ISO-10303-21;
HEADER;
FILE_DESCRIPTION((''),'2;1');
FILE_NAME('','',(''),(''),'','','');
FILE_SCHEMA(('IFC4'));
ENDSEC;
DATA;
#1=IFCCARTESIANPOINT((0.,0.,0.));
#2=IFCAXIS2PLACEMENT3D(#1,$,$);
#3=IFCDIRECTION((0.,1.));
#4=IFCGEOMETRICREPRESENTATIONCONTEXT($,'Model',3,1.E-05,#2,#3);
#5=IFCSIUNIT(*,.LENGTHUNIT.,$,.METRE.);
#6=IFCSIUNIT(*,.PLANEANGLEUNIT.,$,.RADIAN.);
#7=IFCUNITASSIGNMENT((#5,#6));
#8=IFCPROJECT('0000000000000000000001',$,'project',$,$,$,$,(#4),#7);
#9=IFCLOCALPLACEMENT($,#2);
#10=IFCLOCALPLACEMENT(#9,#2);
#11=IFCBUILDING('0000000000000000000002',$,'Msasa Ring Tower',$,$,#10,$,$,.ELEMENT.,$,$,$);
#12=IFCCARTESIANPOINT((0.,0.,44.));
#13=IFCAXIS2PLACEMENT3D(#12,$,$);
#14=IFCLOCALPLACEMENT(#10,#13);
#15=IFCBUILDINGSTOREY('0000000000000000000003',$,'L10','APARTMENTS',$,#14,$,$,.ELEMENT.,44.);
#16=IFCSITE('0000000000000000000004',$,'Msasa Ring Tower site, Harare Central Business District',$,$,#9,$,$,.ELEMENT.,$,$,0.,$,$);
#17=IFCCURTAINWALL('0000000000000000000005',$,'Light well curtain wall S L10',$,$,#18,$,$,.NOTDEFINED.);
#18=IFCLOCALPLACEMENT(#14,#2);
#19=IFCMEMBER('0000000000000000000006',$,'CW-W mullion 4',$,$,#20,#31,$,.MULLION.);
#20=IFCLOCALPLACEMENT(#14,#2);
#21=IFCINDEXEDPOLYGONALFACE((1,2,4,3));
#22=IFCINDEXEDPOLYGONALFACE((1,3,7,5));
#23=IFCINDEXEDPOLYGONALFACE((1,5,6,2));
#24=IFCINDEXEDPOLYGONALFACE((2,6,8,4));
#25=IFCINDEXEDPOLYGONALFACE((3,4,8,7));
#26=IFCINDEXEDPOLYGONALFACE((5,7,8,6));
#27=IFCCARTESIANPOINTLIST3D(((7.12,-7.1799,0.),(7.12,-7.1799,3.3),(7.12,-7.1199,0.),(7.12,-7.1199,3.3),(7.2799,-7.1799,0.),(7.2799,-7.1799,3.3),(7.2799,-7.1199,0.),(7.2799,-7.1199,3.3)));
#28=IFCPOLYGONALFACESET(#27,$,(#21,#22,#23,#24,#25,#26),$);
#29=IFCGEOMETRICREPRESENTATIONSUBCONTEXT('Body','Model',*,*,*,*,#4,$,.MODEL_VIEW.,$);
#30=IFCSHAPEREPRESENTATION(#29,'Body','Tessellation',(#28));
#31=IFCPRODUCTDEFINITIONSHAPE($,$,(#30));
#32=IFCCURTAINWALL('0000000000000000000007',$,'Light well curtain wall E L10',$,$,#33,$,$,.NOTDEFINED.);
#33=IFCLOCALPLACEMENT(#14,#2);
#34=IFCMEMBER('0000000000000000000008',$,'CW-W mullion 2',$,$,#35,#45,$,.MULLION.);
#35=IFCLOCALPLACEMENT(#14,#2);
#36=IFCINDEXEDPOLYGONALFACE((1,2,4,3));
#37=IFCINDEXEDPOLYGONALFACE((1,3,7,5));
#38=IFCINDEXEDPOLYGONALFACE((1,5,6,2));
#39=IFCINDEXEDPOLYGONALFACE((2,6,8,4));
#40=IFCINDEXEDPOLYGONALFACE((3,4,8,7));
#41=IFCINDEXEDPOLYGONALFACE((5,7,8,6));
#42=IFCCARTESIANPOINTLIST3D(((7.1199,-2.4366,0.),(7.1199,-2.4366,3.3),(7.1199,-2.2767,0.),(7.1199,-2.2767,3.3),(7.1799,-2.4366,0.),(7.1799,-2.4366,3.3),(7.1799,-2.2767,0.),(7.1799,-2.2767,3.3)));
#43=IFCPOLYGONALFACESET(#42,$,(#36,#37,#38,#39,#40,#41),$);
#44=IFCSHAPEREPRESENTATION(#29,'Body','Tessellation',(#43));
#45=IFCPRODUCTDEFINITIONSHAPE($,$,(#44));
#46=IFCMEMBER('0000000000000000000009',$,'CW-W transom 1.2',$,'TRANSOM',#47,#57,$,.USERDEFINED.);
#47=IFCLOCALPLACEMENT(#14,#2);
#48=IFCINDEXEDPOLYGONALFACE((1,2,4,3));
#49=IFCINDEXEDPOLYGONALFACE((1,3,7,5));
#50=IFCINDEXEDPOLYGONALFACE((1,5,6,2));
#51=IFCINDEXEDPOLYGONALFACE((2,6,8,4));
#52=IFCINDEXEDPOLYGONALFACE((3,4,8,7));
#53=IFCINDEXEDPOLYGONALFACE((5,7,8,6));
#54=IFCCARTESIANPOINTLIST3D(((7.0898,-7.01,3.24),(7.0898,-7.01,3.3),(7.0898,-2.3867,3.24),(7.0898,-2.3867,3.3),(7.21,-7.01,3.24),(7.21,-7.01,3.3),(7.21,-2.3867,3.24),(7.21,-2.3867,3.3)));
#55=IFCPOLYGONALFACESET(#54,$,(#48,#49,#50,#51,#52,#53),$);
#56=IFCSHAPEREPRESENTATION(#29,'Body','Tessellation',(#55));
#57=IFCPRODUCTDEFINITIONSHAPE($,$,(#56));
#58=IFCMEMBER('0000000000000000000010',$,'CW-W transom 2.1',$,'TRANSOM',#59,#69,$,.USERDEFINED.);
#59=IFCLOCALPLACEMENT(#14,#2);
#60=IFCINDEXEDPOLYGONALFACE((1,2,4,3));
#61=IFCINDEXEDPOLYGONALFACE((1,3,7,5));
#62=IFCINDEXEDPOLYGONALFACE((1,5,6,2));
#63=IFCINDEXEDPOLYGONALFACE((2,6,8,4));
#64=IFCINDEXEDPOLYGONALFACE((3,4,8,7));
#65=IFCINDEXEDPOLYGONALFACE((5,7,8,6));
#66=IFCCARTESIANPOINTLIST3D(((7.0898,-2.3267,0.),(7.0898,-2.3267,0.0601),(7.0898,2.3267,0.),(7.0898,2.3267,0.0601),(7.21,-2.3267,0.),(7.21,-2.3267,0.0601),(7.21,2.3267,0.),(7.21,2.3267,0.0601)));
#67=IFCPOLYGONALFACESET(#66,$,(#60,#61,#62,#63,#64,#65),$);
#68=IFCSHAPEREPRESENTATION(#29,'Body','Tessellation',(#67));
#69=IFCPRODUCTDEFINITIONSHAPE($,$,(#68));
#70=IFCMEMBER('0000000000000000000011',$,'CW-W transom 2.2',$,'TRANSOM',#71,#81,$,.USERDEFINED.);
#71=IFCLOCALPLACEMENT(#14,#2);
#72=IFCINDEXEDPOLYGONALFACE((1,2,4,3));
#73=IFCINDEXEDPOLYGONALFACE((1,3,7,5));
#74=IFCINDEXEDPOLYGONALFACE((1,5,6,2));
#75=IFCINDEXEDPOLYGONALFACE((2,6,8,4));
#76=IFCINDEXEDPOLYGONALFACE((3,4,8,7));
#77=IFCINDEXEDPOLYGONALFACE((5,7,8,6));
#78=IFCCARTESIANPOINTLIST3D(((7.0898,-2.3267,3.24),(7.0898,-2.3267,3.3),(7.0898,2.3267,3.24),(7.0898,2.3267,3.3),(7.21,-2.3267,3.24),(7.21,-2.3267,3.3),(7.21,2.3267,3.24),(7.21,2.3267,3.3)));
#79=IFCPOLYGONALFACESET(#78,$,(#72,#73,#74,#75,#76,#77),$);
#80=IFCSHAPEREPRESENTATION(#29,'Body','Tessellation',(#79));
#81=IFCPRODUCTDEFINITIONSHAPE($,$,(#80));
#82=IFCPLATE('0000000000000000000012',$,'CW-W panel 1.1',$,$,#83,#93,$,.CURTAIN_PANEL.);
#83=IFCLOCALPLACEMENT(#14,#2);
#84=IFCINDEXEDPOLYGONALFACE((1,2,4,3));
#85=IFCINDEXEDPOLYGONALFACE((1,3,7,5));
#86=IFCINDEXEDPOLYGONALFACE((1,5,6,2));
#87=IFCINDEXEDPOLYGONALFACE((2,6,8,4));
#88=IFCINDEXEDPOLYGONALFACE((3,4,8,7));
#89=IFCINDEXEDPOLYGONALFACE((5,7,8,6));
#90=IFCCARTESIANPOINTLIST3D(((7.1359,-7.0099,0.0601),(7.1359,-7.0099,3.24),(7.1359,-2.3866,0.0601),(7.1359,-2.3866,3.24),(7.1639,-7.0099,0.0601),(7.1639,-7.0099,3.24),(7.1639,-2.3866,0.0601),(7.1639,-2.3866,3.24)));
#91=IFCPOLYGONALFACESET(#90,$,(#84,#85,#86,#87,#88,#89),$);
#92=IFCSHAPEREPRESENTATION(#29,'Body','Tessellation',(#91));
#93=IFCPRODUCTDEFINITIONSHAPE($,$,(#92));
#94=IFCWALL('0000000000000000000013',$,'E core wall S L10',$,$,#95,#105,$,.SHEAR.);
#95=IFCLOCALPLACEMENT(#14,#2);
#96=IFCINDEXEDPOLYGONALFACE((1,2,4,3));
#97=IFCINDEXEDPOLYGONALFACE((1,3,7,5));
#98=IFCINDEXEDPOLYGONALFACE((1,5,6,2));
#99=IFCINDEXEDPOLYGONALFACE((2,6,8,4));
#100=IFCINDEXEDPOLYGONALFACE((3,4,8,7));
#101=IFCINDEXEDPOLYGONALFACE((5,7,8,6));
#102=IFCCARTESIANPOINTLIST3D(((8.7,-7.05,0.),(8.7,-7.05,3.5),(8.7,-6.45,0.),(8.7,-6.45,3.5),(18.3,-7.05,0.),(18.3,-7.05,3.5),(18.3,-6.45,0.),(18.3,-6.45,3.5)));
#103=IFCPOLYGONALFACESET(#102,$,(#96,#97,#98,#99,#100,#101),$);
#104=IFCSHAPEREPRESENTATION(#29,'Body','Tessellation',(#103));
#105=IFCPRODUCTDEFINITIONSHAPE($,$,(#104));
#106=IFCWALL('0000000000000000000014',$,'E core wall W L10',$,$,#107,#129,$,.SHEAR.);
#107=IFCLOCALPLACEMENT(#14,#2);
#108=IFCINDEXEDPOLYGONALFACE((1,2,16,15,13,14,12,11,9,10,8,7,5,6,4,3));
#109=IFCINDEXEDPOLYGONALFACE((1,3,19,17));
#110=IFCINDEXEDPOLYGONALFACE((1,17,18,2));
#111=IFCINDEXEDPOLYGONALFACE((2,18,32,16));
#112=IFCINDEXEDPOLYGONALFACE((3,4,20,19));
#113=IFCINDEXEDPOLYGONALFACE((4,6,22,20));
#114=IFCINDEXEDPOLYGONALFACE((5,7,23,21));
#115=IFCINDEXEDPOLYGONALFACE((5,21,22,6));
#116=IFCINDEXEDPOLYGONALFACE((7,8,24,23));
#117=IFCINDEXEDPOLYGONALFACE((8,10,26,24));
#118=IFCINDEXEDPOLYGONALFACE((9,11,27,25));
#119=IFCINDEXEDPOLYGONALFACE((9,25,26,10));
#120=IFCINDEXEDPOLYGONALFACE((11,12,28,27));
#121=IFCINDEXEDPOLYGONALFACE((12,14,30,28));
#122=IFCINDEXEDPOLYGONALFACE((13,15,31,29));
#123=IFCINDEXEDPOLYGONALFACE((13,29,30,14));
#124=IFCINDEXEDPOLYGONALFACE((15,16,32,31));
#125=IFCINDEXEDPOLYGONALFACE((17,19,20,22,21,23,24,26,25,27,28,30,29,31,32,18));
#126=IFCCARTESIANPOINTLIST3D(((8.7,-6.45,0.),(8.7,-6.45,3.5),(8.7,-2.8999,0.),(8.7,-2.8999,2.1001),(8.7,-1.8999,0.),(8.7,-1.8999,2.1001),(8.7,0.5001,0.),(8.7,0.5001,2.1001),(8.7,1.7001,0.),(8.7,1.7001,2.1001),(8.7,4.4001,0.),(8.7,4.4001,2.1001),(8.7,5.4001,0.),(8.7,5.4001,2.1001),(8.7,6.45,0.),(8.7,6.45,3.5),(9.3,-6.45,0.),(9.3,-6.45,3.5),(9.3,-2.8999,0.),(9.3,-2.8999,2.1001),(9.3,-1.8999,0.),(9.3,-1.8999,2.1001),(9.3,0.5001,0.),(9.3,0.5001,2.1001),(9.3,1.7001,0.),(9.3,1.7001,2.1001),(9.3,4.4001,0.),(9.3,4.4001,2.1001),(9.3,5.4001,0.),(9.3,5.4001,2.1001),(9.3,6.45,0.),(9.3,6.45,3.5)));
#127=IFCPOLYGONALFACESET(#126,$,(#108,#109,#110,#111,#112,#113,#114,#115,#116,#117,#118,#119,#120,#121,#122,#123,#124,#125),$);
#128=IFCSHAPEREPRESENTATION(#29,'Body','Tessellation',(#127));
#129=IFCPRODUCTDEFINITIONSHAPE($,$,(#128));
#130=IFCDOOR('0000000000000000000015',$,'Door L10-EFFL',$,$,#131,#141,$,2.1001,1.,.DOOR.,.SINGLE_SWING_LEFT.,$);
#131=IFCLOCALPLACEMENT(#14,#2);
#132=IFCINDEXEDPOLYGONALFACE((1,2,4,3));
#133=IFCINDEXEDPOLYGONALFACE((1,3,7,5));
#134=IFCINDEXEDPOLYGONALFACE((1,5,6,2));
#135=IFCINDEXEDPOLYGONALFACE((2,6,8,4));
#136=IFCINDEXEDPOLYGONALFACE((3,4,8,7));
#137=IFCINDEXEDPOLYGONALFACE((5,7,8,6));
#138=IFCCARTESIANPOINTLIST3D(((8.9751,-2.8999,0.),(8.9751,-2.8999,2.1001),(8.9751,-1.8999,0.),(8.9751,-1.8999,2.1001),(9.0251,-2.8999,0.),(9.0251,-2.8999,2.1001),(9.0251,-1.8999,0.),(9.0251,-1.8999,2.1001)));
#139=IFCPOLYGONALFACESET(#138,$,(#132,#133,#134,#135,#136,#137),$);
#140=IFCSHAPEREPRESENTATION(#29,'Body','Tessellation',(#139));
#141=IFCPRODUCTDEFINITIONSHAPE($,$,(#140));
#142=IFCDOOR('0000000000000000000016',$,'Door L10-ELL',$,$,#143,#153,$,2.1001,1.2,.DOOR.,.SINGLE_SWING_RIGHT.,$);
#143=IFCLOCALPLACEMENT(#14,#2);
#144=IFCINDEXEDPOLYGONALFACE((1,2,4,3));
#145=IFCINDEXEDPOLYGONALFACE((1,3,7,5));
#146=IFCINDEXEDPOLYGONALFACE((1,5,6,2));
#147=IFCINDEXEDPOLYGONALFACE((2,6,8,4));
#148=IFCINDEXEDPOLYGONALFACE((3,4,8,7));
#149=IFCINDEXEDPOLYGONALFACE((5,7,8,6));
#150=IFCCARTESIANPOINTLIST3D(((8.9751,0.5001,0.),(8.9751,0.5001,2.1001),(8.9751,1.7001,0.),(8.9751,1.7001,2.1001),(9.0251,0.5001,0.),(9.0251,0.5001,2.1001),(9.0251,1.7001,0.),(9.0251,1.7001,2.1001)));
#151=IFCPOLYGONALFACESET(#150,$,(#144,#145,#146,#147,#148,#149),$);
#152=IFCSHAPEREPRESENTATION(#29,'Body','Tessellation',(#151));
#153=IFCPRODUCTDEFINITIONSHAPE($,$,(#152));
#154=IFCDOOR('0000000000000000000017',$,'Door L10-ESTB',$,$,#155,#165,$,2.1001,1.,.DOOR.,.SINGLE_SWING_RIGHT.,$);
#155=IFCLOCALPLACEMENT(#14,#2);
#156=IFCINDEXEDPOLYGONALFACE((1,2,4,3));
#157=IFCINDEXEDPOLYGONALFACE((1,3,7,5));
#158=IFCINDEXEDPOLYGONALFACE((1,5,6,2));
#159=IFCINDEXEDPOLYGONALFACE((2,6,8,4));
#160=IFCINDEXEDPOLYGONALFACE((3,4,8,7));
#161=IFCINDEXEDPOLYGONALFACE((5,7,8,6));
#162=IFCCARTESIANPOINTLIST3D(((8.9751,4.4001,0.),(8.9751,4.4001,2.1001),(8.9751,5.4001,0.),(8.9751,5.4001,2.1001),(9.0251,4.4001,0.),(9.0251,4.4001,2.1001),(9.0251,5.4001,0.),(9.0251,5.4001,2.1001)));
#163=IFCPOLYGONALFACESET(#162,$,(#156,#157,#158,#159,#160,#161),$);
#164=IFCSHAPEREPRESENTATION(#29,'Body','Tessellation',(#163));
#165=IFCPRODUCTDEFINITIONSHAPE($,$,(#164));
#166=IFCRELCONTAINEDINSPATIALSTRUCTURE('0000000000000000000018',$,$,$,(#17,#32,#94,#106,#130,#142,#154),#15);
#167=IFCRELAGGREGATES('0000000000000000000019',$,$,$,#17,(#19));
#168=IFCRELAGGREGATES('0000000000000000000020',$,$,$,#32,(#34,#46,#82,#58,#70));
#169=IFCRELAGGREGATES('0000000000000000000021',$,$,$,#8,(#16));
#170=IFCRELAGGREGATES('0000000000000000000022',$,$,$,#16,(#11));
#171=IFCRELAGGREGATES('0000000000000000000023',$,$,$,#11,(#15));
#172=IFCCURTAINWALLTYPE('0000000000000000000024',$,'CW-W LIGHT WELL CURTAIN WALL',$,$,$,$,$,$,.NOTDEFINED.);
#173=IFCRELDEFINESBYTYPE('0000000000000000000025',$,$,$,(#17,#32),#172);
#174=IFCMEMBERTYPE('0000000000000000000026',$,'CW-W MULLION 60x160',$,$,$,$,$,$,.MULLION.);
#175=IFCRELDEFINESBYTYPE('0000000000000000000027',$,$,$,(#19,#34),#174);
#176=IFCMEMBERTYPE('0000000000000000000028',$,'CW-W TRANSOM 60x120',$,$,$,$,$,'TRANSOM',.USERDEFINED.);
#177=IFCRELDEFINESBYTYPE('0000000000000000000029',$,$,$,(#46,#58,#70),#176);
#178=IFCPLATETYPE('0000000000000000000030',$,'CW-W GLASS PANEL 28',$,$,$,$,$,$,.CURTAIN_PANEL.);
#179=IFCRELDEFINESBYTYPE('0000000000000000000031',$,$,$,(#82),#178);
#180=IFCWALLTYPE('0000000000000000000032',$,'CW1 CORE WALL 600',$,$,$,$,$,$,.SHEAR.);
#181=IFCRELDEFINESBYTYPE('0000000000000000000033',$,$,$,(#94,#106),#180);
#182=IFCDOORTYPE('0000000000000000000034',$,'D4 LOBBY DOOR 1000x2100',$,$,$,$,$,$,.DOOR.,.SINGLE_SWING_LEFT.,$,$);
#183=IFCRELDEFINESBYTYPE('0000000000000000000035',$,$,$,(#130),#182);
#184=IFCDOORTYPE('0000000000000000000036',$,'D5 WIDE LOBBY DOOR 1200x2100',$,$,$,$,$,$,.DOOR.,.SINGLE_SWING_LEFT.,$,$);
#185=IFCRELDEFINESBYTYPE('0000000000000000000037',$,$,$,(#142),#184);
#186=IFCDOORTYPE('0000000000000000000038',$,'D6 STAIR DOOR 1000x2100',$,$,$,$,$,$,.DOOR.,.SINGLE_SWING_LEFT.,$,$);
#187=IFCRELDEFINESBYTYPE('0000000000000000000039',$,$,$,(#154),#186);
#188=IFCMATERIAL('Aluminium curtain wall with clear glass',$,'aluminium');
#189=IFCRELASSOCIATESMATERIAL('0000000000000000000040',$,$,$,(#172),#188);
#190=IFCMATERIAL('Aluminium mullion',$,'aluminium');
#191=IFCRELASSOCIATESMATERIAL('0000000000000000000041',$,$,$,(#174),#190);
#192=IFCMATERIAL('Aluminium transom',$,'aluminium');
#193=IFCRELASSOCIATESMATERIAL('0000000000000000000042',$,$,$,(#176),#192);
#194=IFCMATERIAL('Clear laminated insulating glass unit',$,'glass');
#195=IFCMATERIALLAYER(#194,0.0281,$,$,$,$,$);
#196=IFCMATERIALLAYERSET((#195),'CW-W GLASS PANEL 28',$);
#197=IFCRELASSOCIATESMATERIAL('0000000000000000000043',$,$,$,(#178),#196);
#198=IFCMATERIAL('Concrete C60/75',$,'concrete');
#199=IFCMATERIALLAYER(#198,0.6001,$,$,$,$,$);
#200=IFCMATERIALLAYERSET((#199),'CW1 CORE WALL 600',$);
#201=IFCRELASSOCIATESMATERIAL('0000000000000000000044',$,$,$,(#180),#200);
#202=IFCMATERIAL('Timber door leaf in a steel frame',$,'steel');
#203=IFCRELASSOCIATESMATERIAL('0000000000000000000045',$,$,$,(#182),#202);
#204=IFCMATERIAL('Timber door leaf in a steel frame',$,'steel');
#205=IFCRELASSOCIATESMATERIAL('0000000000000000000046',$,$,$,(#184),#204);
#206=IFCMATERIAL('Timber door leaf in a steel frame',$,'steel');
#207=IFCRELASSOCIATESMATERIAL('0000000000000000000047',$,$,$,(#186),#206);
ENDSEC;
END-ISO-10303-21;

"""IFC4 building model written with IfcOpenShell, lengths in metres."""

from ifc_helpers import new_model, si_unit, direction, frame, frame_2d, origin, origin_2d, place, context, subcontext, project, spatial, rectangle, extrude, material, layer, layer_set, material_profile, profile_set, type_object, element, fill, aggregate, save


model = new_model("IFC4")

# Units and contexts
model_context = context("Model", 3, precision=1e-05, world=origin(), true_north=direction((0.0, 1.0)))
body_context = subcontext(model_context, "Body", "Model", "MODEL_VIEW")
ifc_project = project(units=[si_unit("LENGTHUNIT", "METRE"), si_unit("PLANEANGLEUNIT", "RADIAN")], contexts=[model_context])

# Site, building, storey
site_placement = place(None, origin())
site = spatial("IfcSite", under=ifc_project, at=site_placement, Name="Msasa Ring Tower site, Harare Central Business District", CompositionType="ELEMENT", RefElevation=0.0)
building_placement = place(site_placement, origin())
building = spatial("IfcBuilding", under=site, at=building_placement, Name="Msasa Ring Tower", CompositionType="ELEMENT")
storey_placement = place(building_placement, frame((0.0, 0.0, 44.0)))
storey = spatial("IfcBuildingStorey", under=building, at=storey_placement, Name="L10", Description="APARTMENTS", CompositionType="ELEMENT", Elevation=44.0)

# Curtain wall, member
ifc_material_1 = material(Name="Aluminium curtain wall with clear glass", Category="aluminium")
curtain_wall_type = type_object("IfcCurtainWallType", Name="CW-W LIGHT WELL CURTAIN WALL", PredefinedType="NOTDEFINED", material=ifc_material_1)
curtain_wall_1_placement = place(storey_placement, origin())
curtain_wall_1 = element("IfcCurtainWall", 1, at=curtain_wall_1_placement, inside=storey, type_object=curtain_wall_type, Name="Light well curtain wall S L10", PredefinedType="NOTDEFINED")
ifc_material_2 = material(Name="Aluminium mullion", Category="aluminium")
ifc_material_profile_1 = material_profile(ifc_material_2, rectangle(XDim=0.0601, YDim=0.1599, at=origin_2d()), Name="AL 60x160")
ifc_profile_set_1 = profile_set([ifc_material_profile_1], Name="Aluminium mullion")
member_type_1 = type_object("IfcMemberType", Name="CW-W MULLION 60x160", PredefinedType="MULLION", material=ifc_profile_set_1)
member_1_placement = place(storey_placement, frame((7.2, -7.1499, 0.0), z_axis=(0.0, 0.0, 1.0), x_axis=(0.0, 1.0, 0.0)))
member_1 = element("IfcMember", 2, at=member_1_placement, type_object=member_type_1, Name="CW-W mullion 4", PredefinedType="MULLION", context=body_context, shape_type="SweptSolid", body=[
    extrude(rectangle(XDim=0.0601, YDim=0.1599, at=origin_2d()), origin(), (0.0, 0.0, 1.0), 3.3),
])
aggregate(curtain_wall_1, [member_1])

# Curtain wall, members, plate
curtain_wall_2_placement = place(storey_placement, origin())
curtain_wall_2 = element("IfcCurtainWall", 3, at=curtain_wall_2_placement, inside=storey, type_object=curtain_wall_type, Name="Light well curtain wall E L10", PredefinedType="NOTDEFINED")
member_2_placement = place(storey_placement, frame((7.1499, -2.3567, 0.0), z_axis=(0.0, 0.0, 1.0), x_axis=(-1.0, 0.0, 0.0)))
member_2 = element("IfcMember", 4, at=member_2_placement, type_object=member_type_1, Name="CW-W mullion 2", PredefinedType="MULLION", context=body_context, shape_type="SweptSolid", body=[
    extrude(rectangle(XDim=0.0601, YDim=0.1599, at=origin_2d()), origin(), (0.0, 0.0, 1.0), 3.3),
])
ifc_material_3 = material(Name="Aluminium transom", Category="aluminium")
ifc_material_profile_2 = material_profile(ifc_material_3, rectangle(XDim=0.1201, YDim=0.0601, at=origin_2d()), Name="AL 60x120")
ifc_profile_set_2 = profile_set([ifc_material_profile_2], Name="Aluminium transom")
member_type_2 = type_object("IfcMemberType", Name="CW-W TRANSOM 60x120", ElementType="TRANSOM", PredefinedType="USERDEFINED", material=ifc_profile_set_2)
member_3_placement = place(storey_placement, frame((7.1499, -7.01, 3.27), z_axis=(0.0, 1.0, 0.0), x_axis=(-1.0, 0.0, 0.0)))
member_3 = element("IfcMember", 5, at=member_3_placement, type_object=member_type_2, Name="CW-W transom 1.2", ObjectType="TRANSOM", PredefinedType="USERDEFINED", context=body_context, shape_type="SweptSolid", body=[
    extrude(rectangle(XDim=0.1201, YDim=0.0601, at=origin_2d()), origin(), (0.0, 0.0, 1.0), 4.6233),
])
member_4_placement = place(storey_placement, frame((7.1499, -2.3267, 0.03), z_axis=(0.0, 1.0, 0.0), x_axis=(-1.0, 0.0, 0.0)))
member_4 = element("IfcMember", 6, at=member_4_placement, type_object=member_type_2, Name="CW-W transom 2.1", ObjectType="TRANSOM", PredefinedType="USERDEFINED", context=body_context, shape_type="SweptSolid", body=[
    extrude(rectangle(XDim=0.1201, YDim=0.0601, at=origin_2d()), origin(), (0.0, 0.0, 1.0), 4.6533),
])
member_5_placement = place(storey_placement, frame((7.1499, -2.3267, 3.27), z_axis=(0.0, 1.0, 0.0), x_axis=(-1.0, 0.0, 0.0)))
member_5 = element("IfcMember", 7, at=member_5_placement, type_object=member_type_2, Name="CW-W transom 2.2", ObjectType="TRANSOM", PredefinedType="USERDEFINED", context=body_context, shape_type="SweptSolid", body=[
    extrude(rectangle(XDim=0.1201, YDim=0.0601, at=origin_2d()), origin(), (0.0, 0.0, 1.0), 4.6533),
])
ifc_material_4 = material(Name="Clear laminated insulating glass unit", Category="glass")
ifc_layer_1 = layer(ifc_material_4, 0.0281)
ifc_layer_set_1 = layer_set([ifc_layer_1], Name="CW-W GLASS PANEL 28")
plate_type = type_object("IfcPlateType", Name="CW-W GLASS PANEL 28", PredefinedType="CURTAIN_PANEL", material=ifc_layer_set_1)
plate_placement = place(storey_placement, frame((7.1499, -4.6982, 0.0601), z_axis=(0.0, 0.0, 1.0), x_axis=(0.0, 1.0, 0.0)))
plate = element("IfcPlate", 8, at=plate_placement, type_object=plate_type, Name="CW-W panel 1.1", PredefinedType="CURTAIN_PANEL", context=body_context, shape_type="SweptSolid", body=[
    extrude(rectangle(XDim=4.6233, YDim=0.0281, at=origin_2d()), origin(), (0.0, 0.0, 1.0), 3.1799),
])
aggregate(curtain_wall_2, [member_2, member_3, plate, member_4, member_5])

# Wall
ifc_material_5 = material(Name="Concrete C60/75", Category="concrete")
ifc_layer_2 = layer(ifc_material_5, 0.6001)
ifc_layer_set_2 = layer_set([ifc_layer_2], Name="CW1 CORE WALL 600")
wall_type_1 = type_object("IfcWallType", Name="CW1 CORE WALL 600", PredefinedType="SHEAR", material=ifc_layer_set_2)
wall_1_placement = place(storey_placement, frame((8.7, -6.75, 0.0), z_axis=(0.0, 0.0, 1.0), x_axis=(1.0, 0.0, 0.0)))
element("IfcWall", 9, at=wall_1_placement, inside=storey, type_object=wall_type_1, Name="E core wall S L10", PredefinedType="SHEAR", context=body_context, shape_type="SweptSolid", body=[
    extrude(rectangle(XDim=9.6001, YDim=0.6001, at=frame_2d((4.8, 0.0))), origin(), (0.0, 0.0, 1.0), 3.5),
])

# Wall, openings, doors
wall_2_placement = place(storey_placement, frame((9.0, -6.45, 0.0), z_axis=(0.0, 0.0, 1.0), x_axis=(0.0, 1.0, 0.0)))
wall_2 = element("IfcWall", 10, at=wall_2_placement, inside=storey, type_object=wall_type_1, Name="E core wall W L10", PredefinedType="SHEAR", context=body_context, shape_type="SweptSolid", body=[
    extrude(rectangle(XDim=12.8999, YDim=0.6001, at=frame_2d((6.45, 0.0))), origin(), (0.0, 0.0, 1.0), 3.5),
])
opening_1_placement = place(wall_2_placement, frame((3.55, 0.0, 0.0)))
opening_1 = element("IfcOpeningElement", 11, at=opening_1_placement, cuts=wall_2, PredefinedType="OPENING", context=body_context, shape_type="SweptSolid", body=[
    extrude(rectangle(XDim=1.0, YDim=2.1001, at=frame_2d((0.5, 1.05))), frame((0.0, 0.3101, 0.0), z_axis=(0.0, -1.0, 0.0), x_axis=(1.0, 0.0, 0.0)), (0.0, 0.0, 1.0), 0.6201),
])
opening_2_placement = place(wall_2_placement, frame((6.95, 0.0, 0.0)))
opening_2 = element("IfcOpeningElement", 12, at=opening_2_placement, cuts=wall_2, PredefinedType="OPENING", context=body_context, shape_type="SweptSolid", body=[
    extrude(rectangle(XDim=1.2, YDim=2.1001, at=frame_2d((0.6001, 1.05))), frame((0.0, 0.3101, 0.0), z_axis=(0.0, -1.0, 0.0), x_axis=(1.0, 0.0, 0.0)), (0.0, 0.0, 1.0), 0.6201),
])
opening_3_placement = place(wall_2_placement, frame((10.8501, 0.0, 0.0)))
opening_3 = element("IfcOpeningElement", 13, at=opening_3_placement, cuts=wall_2, PredefinedType="OPENING", context=body_context, shape_type="SweptSolid", body=[
    extrude(rectangle(XDim=1.0, YDim=2.1001, at=frame_2d((0.5, 1.05))), frame((0.0, 0.3101, 0.0), z_axis=(0.0, -1.0, 0.0), x_axis=(1.0, 0.0, 0.0)), (0.0, 0.0, 1.0), 0.6201),
])
ifc_material_6 = material(Name="Timber door leaf in a steel frame", Category="steel")
door_type_1 = type_object("IfcDoorType", Name="D4 LOBBY DOOR 1000x2100", OperationType="SINGLE_SWING_LEFT", PredefinedType="DOOR", material=ifc_material_6)
door_1_placement = place(opening_1_placement, origin())
door_1 = element("IfcDoor", 14, at=door_1_placement, inside=storey, type_object=door_type_1, Name="Door L10-EFFL", OperationType="SINGLE_SWING_LEFT", OverallHeight=2.1001, OverallWidth=1.0, PredefinedType="DOOR", context=body_context, shape_type="SweptSolid", body=[
    extrude(rectangle(XDim=1.0, YDim=2.1001, at=frame_2d((0.5, 1.05))), frame((0.0, 0.0249, 0.0), z_axis=(0.0, -1.0, 0.0), x_axis=(1.0, 0.0, 0.0)), (0.0, 0.0, 1.0), 0.05),
])
fill(opening_1, door_1)
ifc_material_7 = material(Name="Timber door leaf in a steel frame", Category="steel")
door_type_2 = type_object("IfcDoorType", Name="D5 WIDE LOBBY DOOR 1200x2100", OperationType="SINGLE_SWING_LEFT", PredefinedType="DOOR", material=ifc_material_7)
door_2_placement = place(opening_2_placement, origin())
door_2 = element("IfcDoor", 15, at=door_2_placement, inside=storey, type_object=door_type_2, Name="Door L10-ELL", OperationType="SINGLE_SWING_RIGHT", OverallHeight=2.1001, OverallWidth=1.2, PredefinedType="DOOR", context=body_context, shape_type="SweptSolid", body=[
    extrude(rectangle(XDim=1.2, YDim=2.1001, at=frame_2d((0.6001, 1.05))), frame((0.0, 0.0249, 0.0), z_axis=(0.0, -1.0, 0.0), x_axis=(1.0, 0.0, 0.0)), (0.0, 0.0, 1.0), 0.05),
])
fill(opening_2, door_2)
ifc_material_8 = material(Name="Timber door leaf in a steel frame", Category="steel")
door_type_3 = type_object("IfcDoorType", Name="D6 STAIR DOOR 1000x2100", OperationType="SINGLE_SWING_LEFT", PredefinedType="DOOR", material=ifc_material_8)
door_3_placement = place(opening_3_placement, origin())
door_3 = element("IfcDoor", 16, at=door_3_placement, inside=storey, type_object=door_type_3, Name="Door L10-ESTB", OperationType="SINGLE_SWING_RIGHT", OverallHeight=2.1001, OverallWidth=1.0, PredefinedType="DOOR", context=body_context, shape_type="SweptSolid", body=[
    extrude(rectangle(XDim=1.0, YDim=2.1001, at=frame_2d((0.5, 1.05))), frame((0.0, 0.0249, 0.0), z_axis=(0.0, -1.0, 0.0), x_axis=(1.0, 0.0, 0.0)), (0.0, 0.0, 1.0), 0.05),
])
fill(opening_3, door_3)

save(model, "model.ifc")
